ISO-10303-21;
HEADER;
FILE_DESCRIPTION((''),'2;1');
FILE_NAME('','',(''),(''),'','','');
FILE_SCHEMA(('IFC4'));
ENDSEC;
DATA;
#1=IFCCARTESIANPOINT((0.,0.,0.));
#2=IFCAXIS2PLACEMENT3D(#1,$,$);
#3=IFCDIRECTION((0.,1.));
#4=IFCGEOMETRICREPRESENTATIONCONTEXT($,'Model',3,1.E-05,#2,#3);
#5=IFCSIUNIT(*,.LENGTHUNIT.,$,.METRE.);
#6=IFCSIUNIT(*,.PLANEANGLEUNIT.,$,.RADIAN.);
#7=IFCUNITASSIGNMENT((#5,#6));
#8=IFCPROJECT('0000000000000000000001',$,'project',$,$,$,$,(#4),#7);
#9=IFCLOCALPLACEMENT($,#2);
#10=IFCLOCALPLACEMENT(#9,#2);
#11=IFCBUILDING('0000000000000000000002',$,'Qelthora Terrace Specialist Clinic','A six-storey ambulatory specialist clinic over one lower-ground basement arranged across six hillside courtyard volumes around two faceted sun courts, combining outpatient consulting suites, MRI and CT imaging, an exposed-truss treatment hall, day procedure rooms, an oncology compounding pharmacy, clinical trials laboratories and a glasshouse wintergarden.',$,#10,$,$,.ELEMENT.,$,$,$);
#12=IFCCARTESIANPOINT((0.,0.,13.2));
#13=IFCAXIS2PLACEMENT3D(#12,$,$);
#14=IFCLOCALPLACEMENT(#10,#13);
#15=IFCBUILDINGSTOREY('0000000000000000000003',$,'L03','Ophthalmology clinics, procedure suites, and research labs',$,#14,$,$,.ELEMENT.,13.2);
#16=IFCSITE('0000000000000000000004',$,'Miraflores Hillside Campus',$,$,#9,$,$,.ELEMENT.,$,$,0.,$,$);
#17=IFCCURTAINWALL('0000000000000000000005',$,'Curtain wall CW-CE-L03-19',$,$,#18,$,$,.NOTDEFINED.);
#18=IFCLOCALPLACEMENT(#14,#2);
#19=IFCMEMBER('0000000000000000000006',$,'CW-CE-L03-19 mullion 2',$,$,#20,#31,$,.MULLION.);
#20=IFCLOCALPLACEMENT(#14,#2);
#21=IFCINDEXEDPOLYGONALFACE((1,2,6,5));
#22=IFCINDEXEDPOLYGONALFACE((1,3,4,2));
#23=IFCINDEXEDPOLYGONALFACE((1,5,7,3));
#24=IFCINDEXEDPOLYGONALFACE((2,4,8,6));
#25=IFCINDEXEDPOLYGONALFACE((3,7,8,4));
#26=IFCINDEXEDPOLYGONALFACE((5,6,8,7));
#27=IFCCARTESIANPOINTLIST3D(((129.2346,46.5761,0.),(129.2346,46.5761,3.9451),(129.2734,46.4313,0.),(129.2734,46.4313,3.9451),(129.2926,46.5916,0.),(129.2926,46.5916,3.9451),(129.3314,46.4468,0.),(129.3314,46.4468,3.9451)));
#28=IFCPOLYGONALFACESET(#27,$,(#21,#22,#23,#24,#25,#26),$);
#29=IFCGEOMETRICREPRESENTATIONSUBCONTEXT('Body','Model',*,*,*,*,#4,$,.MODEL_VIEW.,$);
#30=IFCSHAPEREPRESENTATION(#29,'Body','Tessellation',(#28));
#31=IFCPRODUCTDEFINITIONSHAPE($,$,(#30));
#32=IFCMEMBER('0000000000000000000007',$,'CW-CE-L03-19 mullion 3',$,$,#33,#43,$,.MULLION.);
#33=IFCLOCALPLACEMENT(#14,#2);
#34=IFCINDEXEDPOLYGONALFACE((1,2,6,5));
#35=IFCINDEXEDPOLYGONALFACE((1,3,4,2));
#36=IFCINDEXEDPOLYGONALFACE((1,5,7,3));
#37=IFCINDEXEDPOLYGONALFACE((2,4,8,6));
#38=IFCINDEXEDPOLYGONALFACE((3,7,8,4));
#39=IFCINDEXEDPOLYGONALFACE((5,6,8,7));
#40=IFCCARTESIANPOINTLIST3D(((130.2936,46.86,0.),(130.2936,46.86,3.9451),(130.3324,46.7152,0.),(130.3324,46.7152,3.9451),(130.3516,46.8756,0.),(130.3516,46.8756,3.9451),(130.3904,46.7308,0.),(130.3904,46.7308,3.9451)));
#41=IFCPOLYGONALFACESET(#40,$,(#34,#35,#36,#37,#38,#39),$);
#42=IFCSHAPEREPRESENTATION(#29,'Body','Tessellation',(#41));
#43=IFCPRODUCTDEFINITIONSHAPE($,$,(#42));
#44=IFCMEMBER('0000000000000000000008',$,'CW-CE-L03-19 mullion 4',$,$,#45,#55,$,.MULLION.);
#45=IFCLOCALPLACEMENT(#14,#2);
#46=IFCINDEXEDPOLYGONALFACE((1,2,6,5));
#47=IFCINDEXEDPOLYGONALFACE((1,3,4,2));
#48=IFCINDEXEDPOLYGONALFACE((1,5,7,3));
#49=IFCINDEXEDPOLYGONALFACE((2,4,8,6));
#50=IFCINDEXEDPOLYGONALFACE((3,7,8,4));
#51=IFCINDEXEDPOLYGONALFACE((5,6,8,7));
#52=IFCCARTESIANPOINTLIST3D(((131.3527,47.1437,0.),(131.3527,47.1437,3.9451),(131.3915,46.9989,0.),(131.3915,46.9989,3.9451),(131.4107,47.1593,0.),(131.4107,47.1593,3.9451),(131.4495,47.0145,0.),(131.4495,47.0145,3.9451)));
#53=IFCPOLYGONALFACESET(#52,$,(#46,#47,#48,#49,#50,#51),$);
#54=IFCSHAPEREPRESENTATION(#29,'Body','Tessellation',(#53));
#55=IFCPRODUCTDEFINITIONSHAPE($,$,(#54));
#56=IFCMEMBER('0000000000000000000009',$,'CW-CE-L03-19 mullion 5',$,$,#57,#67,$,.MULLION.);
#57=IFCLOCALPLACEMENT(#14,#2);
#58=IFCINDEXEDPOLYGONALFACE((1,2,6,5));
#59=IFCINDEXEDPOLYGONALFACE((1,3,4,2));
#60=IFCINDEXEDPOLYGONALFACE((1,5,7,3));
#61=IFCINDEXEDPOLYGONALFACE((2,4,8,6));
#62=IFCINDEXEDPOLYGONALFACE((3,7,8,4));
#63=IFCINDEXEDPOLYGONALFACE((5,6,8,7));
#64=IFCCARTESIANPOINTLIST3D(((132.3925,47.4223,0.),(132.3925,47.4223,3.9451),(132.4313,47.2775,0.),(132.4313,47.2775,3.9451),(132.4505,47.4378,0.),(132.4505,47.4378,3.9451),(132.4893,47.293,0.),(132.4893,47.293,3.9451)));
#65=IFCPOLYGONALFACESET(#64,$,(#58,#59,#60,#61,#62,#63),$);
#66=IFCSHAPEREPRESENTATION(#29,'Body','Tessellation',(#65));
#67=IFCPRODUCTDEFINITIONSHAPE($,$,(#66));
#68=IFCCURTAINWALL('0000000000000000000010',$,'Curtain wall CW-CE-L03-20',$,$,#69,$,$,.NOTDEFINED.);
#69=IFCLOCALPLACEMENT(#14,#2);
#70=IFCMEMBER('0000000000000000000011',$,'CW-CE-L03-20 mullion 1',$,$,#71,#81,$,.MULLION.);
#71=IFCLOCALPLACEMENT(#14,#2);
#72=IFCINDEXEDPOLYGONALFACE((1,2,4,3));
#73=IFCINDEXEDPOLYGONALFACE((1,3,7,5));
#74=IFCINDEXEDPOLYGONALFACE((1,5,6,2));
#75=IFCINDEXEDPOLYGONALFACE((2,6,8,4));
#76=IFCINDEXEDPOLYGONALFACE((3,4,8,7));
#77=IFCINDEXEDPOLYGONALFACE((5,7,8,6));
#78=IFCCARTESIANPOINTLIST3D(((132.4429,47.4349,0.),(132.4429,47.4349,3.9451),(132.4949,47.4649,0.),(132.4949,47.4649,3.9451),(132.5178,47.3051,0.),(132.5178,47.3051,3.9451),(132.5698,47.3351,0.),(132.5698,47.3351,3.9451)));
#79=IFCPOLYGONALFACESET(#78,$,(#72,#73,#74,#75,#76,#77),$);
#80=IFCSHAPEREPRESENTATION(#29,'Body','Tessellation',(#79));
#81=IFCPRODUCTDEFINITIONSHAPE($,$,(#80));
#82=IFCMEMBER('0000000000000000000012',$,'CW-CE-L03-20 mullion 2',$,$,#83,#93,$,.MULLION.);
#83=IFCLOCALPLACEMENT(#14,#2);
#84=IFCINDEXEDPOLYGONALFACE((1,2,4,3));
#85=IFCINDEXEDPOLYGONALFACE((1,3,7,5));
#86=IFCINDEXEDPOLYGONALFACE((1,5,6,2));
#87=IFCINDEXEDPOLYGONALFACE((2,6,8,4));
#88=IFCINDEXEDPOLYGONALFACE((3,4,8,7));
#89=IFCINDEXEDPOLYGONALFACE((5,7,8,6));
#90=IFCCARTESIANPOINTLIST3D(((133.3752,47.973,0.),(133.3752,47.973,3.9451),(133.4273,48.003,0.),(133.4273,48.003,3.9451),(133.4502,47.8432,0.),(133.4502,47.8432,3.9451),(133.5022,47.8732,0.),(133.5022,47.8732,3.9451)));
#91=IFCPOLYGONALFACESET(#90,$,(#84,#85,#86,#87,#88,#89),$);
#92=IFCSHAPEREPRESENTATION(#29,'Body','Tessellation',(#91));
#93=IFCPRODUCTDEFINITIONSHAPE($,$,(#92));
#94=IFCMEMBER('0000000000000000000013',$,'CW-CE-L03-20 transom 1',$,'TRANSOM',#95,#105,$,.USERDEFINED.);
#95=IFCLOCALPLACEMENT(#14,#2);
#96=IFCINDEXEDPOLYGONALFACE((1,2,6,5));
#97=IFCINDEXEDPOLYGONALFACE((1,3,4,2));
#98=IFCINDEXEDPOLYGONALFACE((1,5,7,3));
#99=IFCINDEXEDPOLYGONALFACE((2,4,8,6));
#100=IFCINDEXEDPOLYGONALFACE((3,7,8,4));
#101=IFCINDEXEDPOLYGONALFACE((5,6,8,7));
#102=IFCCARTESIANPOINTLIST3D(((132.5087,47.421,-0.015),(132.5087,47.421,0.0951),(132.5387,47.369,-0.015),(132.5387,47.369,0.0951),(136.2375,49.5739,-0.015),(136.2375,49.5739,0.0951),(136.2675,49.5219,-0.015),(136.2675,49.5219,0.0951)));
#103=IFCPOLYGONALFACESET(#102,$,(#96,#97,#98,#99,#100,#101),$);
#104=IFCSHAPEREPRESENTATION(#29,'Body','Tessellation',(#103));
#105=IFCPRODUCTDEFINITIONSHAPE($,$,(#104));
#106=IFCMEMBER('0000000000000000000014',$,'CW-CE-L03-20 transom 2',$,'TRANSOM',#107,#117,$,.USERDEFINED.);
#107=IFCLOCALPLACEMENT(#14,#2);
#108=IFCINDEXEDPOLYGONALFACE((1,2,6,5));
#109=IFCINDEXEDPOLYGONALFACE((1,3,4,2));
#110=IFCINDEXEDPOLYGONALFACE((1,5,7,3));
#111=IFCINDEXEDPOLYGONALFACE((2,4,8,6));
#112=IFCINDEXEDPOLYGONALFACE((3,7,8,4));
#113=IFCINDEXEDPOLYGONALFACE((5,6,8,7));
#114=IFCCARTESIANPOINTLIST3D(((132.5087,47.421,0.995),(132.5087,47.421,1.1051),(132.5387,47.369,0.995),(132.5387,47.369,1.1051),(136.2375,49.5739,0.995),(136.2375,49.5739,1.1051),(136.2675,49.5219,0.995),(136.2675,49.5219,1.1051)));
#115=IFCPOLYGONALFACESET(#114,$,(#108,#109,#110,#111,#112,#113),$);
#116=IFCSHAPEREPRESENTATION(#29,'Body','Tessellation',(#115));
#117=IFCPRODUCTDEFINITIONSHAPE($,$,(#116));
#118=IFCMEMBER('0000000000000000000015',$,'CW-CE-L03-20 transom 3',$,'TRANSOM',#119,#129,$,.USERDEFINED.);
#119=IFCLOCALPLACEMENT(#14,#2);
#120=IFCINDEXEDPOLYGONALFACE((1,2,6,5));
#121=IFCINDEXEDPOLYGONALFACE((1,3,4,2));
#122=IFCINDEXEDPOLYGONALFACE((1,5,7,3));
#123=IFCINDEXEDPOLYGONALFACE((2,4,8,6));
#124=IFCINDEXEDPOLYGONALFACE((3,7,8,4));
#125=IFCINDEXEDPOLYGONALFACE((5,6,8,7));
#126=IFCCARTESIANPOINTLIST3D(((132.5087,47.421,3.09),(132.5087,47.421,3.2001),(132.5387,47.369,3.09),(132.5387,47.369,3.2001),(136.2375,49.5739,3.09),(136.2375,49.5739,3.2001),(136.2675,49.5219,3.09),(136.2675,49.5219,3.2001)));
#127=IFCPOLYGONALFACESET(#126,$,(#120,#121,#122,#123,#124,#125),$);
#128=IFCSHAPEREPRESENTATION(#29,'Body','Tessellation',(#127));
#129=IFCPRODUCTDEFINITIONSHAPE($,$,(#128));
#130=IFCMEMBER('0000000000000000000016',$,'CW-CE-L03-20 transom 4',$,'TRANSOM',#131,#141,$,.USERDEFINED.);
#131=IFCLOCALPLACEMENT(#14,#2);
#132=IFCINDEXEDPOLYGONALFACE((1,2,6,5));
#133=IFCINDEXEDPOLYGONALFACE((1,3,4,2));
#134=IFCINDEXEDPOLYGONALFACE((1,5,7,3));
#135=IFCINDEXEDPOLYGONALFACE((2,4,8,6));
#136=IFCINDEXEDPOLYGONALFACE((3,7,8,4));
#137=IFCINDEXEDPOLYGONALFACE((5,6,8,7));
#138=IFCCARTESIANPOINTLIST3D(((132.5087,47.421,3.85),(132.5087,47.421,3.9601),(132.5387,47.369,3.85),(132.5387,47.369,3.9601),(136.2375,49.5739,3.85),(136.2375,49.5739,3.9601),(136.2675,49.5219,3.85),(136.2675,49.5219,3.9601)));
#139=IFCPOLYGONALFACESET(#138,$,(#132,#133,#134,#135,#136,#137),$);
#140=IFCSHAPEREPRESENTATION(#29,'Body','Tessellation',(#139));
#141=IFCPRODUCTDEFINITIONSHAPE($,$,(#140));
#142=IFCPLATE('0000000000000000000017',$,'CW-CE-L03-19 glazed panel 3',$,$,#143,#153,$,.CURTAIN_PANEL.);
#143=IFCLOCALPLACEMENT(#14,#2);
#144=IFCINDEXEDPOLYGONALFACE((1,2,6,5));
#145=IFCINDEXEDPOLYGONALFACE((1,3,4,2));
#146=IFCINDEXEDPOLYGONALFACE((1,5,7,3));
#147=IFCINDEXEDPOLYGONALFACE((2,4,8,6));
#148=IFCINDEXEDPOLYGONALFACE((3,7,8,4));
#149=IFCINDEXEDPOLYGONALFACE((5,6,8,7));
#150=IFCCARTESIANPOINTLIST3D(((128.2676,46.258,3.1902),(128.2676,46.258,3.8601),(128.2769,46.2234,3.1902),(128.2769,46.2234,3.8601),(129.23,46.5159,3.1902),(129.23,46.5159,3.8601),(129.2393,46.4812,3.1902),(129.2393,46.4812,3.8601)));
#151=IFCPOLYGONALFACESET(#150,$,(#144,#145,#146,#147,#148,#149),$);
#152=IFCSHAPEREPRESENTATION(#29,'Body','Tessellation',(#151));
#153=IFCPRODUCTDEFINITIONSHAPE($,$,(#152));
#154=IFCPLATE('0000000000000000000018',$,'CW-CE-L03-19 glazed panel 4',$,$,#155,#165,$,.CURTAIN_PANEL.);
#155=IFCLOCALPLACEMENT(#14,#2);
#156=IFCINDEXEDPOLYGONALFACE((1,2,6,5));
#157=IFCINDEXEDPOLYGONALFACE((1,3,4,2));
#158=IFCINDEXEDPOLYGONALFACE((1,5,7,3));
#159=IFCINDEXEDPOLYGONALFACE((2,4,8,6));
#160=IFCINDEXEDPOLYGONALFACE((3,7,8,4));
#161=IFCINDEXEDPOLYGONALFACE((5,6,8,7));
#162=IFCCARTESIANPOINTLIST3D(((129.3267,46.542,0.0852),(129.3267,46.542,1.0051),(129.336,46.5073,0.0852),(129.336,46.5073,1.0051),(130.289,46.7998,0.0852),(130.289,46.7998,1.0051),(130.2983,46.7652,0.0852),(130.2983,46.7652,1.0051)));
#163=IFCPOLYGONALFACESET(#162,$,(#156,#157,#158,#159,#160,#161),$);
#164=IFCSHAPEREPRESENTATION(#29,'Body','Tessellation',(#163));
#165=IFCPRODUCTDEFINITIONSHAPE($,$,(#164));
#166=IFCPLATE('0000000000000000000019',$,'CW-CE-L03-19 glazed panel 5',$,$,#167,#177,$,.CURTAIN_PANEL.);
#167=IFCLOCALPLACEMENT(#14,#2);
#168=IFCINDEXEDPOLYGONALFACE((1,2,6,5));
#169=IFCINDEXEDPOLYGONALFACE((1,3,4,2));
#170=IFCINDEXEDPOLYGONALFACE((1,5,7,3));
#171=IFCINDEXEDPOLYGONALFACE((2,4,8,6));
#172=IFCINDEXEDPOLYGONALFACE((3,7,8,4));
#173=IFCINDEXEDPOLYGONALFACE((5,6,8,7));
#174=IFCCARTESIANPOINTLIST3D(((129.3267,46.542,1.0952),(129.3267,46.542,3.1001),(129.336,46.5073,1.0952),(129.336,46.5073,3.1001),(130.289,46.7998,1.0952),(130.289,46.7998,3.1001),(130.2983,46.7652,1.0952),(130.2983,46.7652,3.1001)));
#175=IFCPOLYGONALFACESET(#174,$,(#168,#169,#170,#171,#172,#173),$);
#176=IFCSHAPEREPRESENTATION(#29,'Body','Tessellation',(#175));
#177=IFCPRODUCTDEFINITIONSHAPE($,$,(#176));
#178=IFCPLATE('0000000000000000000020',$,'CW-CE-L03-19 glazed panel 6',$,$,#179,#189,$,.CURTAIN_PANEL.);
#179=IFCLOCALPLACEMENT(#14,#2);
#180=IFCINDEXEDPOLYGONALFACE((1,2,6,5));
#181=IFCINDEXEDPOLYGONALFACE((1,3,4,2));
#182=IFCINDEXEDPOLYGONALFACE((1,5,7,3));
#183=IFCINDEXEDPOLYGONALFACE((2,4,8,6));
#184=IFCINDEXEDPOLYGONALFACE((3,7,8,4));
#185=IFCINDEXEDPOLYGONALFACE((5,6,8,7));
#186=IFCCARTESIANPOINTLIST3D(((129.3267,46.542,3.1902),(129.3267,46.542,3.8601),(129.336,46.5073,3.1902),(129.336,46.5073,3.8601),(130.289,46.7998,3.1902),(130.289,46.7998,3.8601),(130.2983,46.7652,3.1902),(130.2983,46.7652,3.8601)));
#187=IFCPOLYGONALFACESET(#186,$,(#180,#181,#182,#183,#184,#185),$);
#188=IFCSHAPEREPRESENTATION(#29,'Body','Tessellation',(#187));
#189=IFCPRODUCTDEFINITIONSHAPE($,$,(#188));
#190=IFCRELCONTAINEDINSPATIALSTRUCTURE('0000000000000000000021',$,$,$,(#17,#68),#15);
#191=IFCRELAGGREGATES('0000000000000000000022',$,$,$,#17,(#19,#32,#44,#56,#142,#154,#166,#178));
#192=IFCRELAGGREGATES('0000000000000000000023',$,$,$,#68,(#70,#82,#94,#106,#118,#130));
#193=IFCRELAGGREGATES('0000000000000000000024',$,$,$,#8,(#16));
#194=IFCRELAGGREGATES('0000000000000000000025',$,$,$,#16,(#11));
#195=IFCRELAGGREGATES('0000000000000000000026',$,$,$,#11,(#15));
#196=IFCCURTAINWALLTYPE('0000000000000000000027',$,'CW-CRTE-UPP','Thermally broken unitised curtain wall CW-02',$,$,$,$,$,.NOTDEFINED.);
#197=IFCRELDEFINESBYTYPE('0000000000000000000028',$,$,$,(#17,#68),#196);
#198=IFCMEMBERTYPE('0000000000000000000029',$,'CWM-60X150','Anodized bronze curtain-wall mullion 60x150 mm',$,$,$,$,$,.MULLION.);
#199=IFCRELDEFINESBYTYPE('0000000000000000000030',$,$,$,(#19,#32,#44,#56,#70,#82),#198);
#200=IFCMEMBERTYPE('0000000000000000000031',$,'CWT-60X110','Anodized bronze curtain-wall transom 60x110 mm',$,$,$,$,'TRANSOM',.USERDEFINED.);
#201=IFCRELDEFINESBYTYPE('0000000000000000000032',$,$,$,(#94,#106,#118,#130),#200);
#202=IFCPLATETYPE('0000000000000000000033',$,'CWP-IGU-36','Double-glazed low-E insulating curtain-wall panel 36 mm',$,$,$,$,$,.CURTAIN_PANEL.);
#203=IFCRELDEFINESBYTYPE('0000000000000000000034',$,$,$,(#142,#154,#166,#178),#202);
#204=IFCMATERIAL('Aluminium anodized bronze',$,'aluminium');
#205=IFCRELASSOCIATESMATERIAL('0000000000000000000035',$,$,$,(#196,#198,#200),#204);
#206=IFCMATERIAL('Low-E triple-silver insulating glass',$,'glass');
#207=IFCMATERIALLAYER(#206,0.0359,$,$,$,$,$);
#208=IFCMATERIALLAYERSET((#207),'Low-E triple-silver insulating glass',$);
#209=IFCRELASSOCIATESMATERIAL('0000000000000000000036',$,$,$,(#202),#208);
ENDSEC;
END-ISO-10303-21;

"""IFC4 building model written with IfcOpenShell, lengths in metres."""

from ifc_helpers import new_model, si_unit, direction, frame, origin, origin_2d, place, context, subcontext, project, spatial, rectangle, extrude, material, layer, layer_set, material_profile, profile_set, type_object, element, aggregate, save


model = new_model("IFC4")

# Units and contexts
model_context = context("Model", 3, precision=1e-05, world=origin(), true_north=direction((0.0, 1.0)))
body_context = subcontext(model_context, "Body", "Model", "MODEL_VIEW")
ifc_project = project(units=[si_unit("LENGTHUNIT", "METRE"), si_unit("PLANEANGLEUNIT", "RADIAN")], contexts=[model_context])

# Site, building, storey
site_placement = place(None, origin())
site = spatial("IfcSite", under=ifc_project, at=site_placement, Name="Miraflores Hillside Campus", CompositionType="ELEMENT", RefElevation=0.0)
building_placement = place(site_placement, origin())
building = spatial("IfcBuilding", under=site, at=building_placement, Name="Qelthora Terrace Specialist Clinic", Description="A six-storey ambulatory specialist clinic over one lower-ground basement arranged across six hillside courtyard volumes around two faceted sun courts, combining outpatient consulting suites, MRI and CT imaging, an exposed-truss treatment hall, day procedure rooms, an oncology compounding pharmacy, clinical trials laboratories and a glasshouse wintergarden.", CompositionType="ELEMENT")
storey_placement = place(building_placement, frame((0.0, 0.0, 13.2)))
storey = spatial("IfcBuildingStorey", under=building, at=storey_placement, Name="L03", Description="Ophthalmology clinics, procedure suites, and research labs", CompositionType="ELEMENT", Elevation=13.2)

# Curtain walls, members
ifc_material_1 = material(Name="Aluminium anodized bronze", Category="aluminium")
curtain_wall_type = type_object("IfcCurtainWallType", Name="CW-CRTE-UPP", Description="Thermally broken unitised curtain wall CW-02", PredefinedType="NOTDEFINED", material=ifc_material_1)
curtain_wall_1_placement = place(storey_placement, origin())
curtain_wall_1 = element("IfcCurtainWall", 1, at=curtain_wall_1_placement, inside=storey, type_object=curtain_wall_type, Name="Curtain wall CW-CE-L03-19", PredefinedType="NOTDEFINED")
ifc_material_profile_1 = material_profile(ifc_material_1, rectangle(XDim=0.0601, YDim=0.1499, at=origin_2d()), Name="CWM60X150")
ifc_profile_set_1 = profile_set([ifc_material_profile_1], Name="Aluminium anodized bronze")
member_type_1 = type_object("IfcMemberType", Name="CWM-60X150", Description="Anodized bronze curtain-wall mullion 60x150 mm", PredefinedType="MULLION", material=ifc_profile_set_1)
member_1_placement = place(storey_placement, frame((129.283, 46.5115, 0.0), z_axis=(0.0, 0.0, 1.0), x_axis=(0.965926, 0.25882, 0.0)))
member_1 = element("IfcMember", 2, at=member_1_placement, type_object=member_type_1, Name="CW-CE-L03-19 mullion 2", PredefinedType="MULLION", context=body_context, shape_type="SweptSolid", body=[
    extrude(rectangle(XDim=0.0601, YDim=0.1499, at=origin_2d()), origin(), (0.0, 0.0, 1.0), 3.9451),
])
member_2_placement = place(storey_placement, frame((130.342, 46.7954, 0.0), z_axis=(0.0, 0.0, 1.0), x_axis=(0.965926, 0.25882, 0.0)))
member_2 = element("IfcMember", 3, at=member_2_placement, type_object=member_type_1, Name="CW-CE-L03-19 mullion 3", PredefinedType="MULLION", context=body_context, shape_type="SweptSolid", body=[
    extrude(rectangle(XDim=0.0601, YDim=0.1499, at=origin_2d()), origin(), (0.0, 0.0, 1.0), 3.9451),
])
member_3_placement = place(storey_placement, frame((131.4011, 47.0791, 0.0), z_axis=(0.0, 0.0, 1.0), x_axis=(0.965926, 0.25882, 0.0)))
member_3 = element("IfcMember", 4, at=member_3_placement, type_object=member_type_1, Name="CW-CE-L03-19 mullion 4", PredefinedType="MULLION", context=body_context, shape_type="SweptSolid", body=[
    extrude(rectangle(XDim=0.0601, YDim=0.1499, at=origin_2d()), origin(), (0.0, 0.0, 1.0), 3.9451),
])
member_4_placement = place(storey_placement, frame((132.4409, 47.3577, 0.0), z_axis=(0.0, 0.0, 1.0), x_axis=(0.965926, 0.25882, 0.0)))
member_4 = element("IfcMember", 5, at=member_4_placement, type_object=member_type_1, Name="CW-CE-L03-19 mullion 5", PredefinedType="MULLION", context=body_context, shape_type="SweptSolid", body=[
    extrude(rectangle(XDim=0.0601, YDim=0.1499, at=origin_2d()), origin(), (0.0, 0.0, 1.0), 3.9451),
])
curtain_wall_2_placement = place(storey_placement, origin())
curtain_wall_2 = element("IfcCurtainWall", 6, at=curtain_wall_2_placement, inside=storey, type_object=curtain_wall_type, Name="Curtain wall CW-CE-L03-20", PredefinedType="NOTDEFINED")
member_5_placement = place(storey_placement, frame((132.5063, 47.385, 0.0), z_axis=(0.0, 0.0, 1.0), x_axis=(0.866025, 0.5, 0.0)))
member_5 = element("IfcMember", 7, at=member_5_placement, type_object=member_type_1, Name="CW-CE-L03-20 mullion 1", PredefinedType="MULLION", context=body_context, shape_type="SweptSolid", body=[
    extrude(rectangle(XDim=0.0601, YDim=0.1499, at=origin_2d()), origin(), (0.0, 0.0, 1.0), 3.9451),
])
member_6_placement = place(storey_placement, frame((133.4387, 47.9231, 0.0), z_axis=(0.0, 0.0, 1.0), x_axis=(0.866025, 0.5, 0.0)))
member_6 = element("IfcMember", 8, at=member_6_placement, type_object=member_type_1, Name="CW-CE-L03-20 mullion 2", PredefinedType="MULLION", context=body_context, shape_type="SweptSolid", body=[
    extrude(rectangle(XDim=0.0601, YDim=0.1499, at=origin_2d()), origin(), (0.0, 0.0, 1.0), 3.9451),
])
ifc_material_profile_2 = material_profile(ifc_material_1, rectangle(XDim=0.0601, YDim=0.1101, at=origin_2d()), Name="CWT60X110")
ifc_profile_set_2 = profile_set([ifc_material_profile_2], Name="Aluminium anodized bronze")
member_type_2 = type_object("IfcMemberType", Name="CWT-60X110", Description="Anodized bronze curtain-wall transom 60x110 mm", ElementType="TRANSOM", PredefinedType="USERDEFINED", material=ifc_profile_set_2)
member_7_placement = place(storey_placement, frame((132.5237, 47.395, 0.04), z_axis=(0.866022, 0.500006, 0.0), x_axis=(-0.500006, 0.866022, 0.0)))
member_7 = element("IfcMember", 9, at=member_7_placement, type_object=member_type_2, Name="CW-CE-L03-20 transom 1", ObjectType="TRANSOM", PredefinedType="USERDEFINED", context=body_context, shape_type="SweptSolid", body=[
    extrude(rectangle(XDim=0.0601, YDim=0.1101, at=origin_2d()), origin(), (0.0, 0.0, 1.0), 4.3057),
])
member_8_placement = place(storey_placement, frame((132.5237, 47.395, 1.05), z_axis=(0.866022, 0.500006, 0.0), x_axis=(-0.500006, 0.866022, 0.0)))
member_8 = element("IfcMember", 10, at=member_8_placement, type_object=member_type_2, Name="CW-CE-L03-20 transom 2", ObjectType="TRANSOM", PredefinedType="USERDEFINED", context=body_context, shape_type="SweptSolid", body=[
    extrude(rectangle(XDim=0.0601, YDim=0.1101, at=origin_2d()), origin(), (0.0, 0.0, 1.0), 4.3057),
])
member_9_placement = place(storey_placement, frame((132.5237, 47.395, 3.145), z_axis=(0.866022, 0.500006, 0.0), x_axis=(-0.500006, 0.866022, 0.0)))
member_9 = element("IfcMember", 11, at=member_9_placement, type_object=member_type_2, Name="CW-CE-L03-20 transom 3", ObjectType="TRANSOM", PredefinedType="USERDEFINED", context=body_context, shape_type="SweptSolid", body=[
    extrude(rectangle(XDim=0.0601, YDim=0.1101, at=origin_2d()), origin(), (0.0, 0.0, 1.0), 4.3057),
])
member_10_placement = place(storey_placement, frame((132.5237, 47.395, 3.905), z_axis=(0.866022, 0.500006, 0.0), x_axis=(-0.500006, 0.866022, 0.0)))
member_10 = element("IfcMember", 12, at=member_10_placement, type_object=member_type_2, Name="CW-CE-L03-20 transom 4", ObjectType="TRANSOM", PredefinedType="USERDEFINED", context=body_context, shape_type="SweptSolid", body=[
    extrude(rectangle(XDim=0.0601, YDim=0.1101, at=origin_2d()), origin(), (0.0, 0.0, 1.0), 4.3057),
])

# Plates
ifc_material_2 = material(Name="Low-E triple-silver insulating glass", Category="glass")
ifc_layer = layer(ifc_material_2, 0.0359)
ifc_layer_set = layer_set([ifc_layer], Name="Low-E triple-silver insulating glass")
plate_type = type_object("IfcPlateType", Name="CWP-IGU-36", Description="Double-glazed low-E insulating curtain-wall panel 36 mm", PredefinedType="CURTAIN_PANEL", material=ifc_layer_set)
plate_1_placement = place(storey_placement, frame((128.7534, 46.3696, 3.1902), z_axis=(0.0, 0.0, 1.0), x_axis=(0.965926, 0.258819, 0.0)))
plate_1 = element("IfcPlate", 13, at=plate_1_placement, type_object=plate_type, Name="CW-CE-L03-19 glazed panel 3", PredefinedType="CURTAIN_PANEL", context=body_context, shape_type="SweptSolid", body=[
    extrude(rectangle(XDim=0.9963, YDim=0.0359, at=origin_2d()), origin(), (0.0, 0.0, 1.0), 0.6699),
])
plate_2_placement = place(storey_placement, frame((129.8125, 46.6536, 0.0852), z_axis=(0.0, 0.0, 1.0), x_axis=(0.965926, 0.258819, 0.0)))
plate_2 = element("IfcPlate", 14, at=plate_2_placement, type_object=plate_type, Name="CW-CE-L03-19 glazed panel 4", PredefinedType="CURTAIN_PANEL", context=body_context, shape_type="SweptSolid", body=[
    extrude(rectangle(XDim=0.9963, YDim=0.0359, at=origin_2d()), origin(), (0.0, 0.0, 1.0), 0.9199),
])
plate_3_placement = place(storey_placement, frame((129.8125, 46.6536, 1.0952), z_axis=(0.0, 0.0, 1.0), x_axis=(0.965926, 0.258819, 0.0)))
plate_3 = element("IfcPlate", 15, at=plate_3_placement, type_object=plate_type, Name="CW-CE-L03-19 glazed panel 5", PredefinedType="CURTAIN_PANEL", context=body_context, shape_type="SweptSolid", body=[
    extrude(rectangle(XDim=0.9963, YDim=0.0359, at=origin_2d()), origin(), (0.0, 0.0, 1.0), 2.0049),
])
plate_4_placement = place(storey_placement, frame((129.8125, 46.6536, 3.1902), z_axis=(0.0, 0.0, 1.0), x_axis=(0.965926, 0.258819, 0.0)))
plate_4 = element("IfcPlate", 16, at=plate_4_placement, type_object=plate_type, Name="CW-CE-L03-19 glazed panel 6", PredefinedType="CURTAIN_PANEL", context=body_context, shape_type="SweptSolid", body=[
    extrude(rectangle(XDim=0.9963, YDim=0.0359, at=origin_2d()), origin(), (0.0, 0.0, 1.0), 0.6699),
])
aggregate(curtain_wall_1, [member_1, member_2, member_3, member_4, plate_1, plate_2, plate_3, plate_4])
aggregate(curtain_wall_2, [member_5, member_6, member_7, member_8, member_9, member_10])

save(model, "model.ifc")
